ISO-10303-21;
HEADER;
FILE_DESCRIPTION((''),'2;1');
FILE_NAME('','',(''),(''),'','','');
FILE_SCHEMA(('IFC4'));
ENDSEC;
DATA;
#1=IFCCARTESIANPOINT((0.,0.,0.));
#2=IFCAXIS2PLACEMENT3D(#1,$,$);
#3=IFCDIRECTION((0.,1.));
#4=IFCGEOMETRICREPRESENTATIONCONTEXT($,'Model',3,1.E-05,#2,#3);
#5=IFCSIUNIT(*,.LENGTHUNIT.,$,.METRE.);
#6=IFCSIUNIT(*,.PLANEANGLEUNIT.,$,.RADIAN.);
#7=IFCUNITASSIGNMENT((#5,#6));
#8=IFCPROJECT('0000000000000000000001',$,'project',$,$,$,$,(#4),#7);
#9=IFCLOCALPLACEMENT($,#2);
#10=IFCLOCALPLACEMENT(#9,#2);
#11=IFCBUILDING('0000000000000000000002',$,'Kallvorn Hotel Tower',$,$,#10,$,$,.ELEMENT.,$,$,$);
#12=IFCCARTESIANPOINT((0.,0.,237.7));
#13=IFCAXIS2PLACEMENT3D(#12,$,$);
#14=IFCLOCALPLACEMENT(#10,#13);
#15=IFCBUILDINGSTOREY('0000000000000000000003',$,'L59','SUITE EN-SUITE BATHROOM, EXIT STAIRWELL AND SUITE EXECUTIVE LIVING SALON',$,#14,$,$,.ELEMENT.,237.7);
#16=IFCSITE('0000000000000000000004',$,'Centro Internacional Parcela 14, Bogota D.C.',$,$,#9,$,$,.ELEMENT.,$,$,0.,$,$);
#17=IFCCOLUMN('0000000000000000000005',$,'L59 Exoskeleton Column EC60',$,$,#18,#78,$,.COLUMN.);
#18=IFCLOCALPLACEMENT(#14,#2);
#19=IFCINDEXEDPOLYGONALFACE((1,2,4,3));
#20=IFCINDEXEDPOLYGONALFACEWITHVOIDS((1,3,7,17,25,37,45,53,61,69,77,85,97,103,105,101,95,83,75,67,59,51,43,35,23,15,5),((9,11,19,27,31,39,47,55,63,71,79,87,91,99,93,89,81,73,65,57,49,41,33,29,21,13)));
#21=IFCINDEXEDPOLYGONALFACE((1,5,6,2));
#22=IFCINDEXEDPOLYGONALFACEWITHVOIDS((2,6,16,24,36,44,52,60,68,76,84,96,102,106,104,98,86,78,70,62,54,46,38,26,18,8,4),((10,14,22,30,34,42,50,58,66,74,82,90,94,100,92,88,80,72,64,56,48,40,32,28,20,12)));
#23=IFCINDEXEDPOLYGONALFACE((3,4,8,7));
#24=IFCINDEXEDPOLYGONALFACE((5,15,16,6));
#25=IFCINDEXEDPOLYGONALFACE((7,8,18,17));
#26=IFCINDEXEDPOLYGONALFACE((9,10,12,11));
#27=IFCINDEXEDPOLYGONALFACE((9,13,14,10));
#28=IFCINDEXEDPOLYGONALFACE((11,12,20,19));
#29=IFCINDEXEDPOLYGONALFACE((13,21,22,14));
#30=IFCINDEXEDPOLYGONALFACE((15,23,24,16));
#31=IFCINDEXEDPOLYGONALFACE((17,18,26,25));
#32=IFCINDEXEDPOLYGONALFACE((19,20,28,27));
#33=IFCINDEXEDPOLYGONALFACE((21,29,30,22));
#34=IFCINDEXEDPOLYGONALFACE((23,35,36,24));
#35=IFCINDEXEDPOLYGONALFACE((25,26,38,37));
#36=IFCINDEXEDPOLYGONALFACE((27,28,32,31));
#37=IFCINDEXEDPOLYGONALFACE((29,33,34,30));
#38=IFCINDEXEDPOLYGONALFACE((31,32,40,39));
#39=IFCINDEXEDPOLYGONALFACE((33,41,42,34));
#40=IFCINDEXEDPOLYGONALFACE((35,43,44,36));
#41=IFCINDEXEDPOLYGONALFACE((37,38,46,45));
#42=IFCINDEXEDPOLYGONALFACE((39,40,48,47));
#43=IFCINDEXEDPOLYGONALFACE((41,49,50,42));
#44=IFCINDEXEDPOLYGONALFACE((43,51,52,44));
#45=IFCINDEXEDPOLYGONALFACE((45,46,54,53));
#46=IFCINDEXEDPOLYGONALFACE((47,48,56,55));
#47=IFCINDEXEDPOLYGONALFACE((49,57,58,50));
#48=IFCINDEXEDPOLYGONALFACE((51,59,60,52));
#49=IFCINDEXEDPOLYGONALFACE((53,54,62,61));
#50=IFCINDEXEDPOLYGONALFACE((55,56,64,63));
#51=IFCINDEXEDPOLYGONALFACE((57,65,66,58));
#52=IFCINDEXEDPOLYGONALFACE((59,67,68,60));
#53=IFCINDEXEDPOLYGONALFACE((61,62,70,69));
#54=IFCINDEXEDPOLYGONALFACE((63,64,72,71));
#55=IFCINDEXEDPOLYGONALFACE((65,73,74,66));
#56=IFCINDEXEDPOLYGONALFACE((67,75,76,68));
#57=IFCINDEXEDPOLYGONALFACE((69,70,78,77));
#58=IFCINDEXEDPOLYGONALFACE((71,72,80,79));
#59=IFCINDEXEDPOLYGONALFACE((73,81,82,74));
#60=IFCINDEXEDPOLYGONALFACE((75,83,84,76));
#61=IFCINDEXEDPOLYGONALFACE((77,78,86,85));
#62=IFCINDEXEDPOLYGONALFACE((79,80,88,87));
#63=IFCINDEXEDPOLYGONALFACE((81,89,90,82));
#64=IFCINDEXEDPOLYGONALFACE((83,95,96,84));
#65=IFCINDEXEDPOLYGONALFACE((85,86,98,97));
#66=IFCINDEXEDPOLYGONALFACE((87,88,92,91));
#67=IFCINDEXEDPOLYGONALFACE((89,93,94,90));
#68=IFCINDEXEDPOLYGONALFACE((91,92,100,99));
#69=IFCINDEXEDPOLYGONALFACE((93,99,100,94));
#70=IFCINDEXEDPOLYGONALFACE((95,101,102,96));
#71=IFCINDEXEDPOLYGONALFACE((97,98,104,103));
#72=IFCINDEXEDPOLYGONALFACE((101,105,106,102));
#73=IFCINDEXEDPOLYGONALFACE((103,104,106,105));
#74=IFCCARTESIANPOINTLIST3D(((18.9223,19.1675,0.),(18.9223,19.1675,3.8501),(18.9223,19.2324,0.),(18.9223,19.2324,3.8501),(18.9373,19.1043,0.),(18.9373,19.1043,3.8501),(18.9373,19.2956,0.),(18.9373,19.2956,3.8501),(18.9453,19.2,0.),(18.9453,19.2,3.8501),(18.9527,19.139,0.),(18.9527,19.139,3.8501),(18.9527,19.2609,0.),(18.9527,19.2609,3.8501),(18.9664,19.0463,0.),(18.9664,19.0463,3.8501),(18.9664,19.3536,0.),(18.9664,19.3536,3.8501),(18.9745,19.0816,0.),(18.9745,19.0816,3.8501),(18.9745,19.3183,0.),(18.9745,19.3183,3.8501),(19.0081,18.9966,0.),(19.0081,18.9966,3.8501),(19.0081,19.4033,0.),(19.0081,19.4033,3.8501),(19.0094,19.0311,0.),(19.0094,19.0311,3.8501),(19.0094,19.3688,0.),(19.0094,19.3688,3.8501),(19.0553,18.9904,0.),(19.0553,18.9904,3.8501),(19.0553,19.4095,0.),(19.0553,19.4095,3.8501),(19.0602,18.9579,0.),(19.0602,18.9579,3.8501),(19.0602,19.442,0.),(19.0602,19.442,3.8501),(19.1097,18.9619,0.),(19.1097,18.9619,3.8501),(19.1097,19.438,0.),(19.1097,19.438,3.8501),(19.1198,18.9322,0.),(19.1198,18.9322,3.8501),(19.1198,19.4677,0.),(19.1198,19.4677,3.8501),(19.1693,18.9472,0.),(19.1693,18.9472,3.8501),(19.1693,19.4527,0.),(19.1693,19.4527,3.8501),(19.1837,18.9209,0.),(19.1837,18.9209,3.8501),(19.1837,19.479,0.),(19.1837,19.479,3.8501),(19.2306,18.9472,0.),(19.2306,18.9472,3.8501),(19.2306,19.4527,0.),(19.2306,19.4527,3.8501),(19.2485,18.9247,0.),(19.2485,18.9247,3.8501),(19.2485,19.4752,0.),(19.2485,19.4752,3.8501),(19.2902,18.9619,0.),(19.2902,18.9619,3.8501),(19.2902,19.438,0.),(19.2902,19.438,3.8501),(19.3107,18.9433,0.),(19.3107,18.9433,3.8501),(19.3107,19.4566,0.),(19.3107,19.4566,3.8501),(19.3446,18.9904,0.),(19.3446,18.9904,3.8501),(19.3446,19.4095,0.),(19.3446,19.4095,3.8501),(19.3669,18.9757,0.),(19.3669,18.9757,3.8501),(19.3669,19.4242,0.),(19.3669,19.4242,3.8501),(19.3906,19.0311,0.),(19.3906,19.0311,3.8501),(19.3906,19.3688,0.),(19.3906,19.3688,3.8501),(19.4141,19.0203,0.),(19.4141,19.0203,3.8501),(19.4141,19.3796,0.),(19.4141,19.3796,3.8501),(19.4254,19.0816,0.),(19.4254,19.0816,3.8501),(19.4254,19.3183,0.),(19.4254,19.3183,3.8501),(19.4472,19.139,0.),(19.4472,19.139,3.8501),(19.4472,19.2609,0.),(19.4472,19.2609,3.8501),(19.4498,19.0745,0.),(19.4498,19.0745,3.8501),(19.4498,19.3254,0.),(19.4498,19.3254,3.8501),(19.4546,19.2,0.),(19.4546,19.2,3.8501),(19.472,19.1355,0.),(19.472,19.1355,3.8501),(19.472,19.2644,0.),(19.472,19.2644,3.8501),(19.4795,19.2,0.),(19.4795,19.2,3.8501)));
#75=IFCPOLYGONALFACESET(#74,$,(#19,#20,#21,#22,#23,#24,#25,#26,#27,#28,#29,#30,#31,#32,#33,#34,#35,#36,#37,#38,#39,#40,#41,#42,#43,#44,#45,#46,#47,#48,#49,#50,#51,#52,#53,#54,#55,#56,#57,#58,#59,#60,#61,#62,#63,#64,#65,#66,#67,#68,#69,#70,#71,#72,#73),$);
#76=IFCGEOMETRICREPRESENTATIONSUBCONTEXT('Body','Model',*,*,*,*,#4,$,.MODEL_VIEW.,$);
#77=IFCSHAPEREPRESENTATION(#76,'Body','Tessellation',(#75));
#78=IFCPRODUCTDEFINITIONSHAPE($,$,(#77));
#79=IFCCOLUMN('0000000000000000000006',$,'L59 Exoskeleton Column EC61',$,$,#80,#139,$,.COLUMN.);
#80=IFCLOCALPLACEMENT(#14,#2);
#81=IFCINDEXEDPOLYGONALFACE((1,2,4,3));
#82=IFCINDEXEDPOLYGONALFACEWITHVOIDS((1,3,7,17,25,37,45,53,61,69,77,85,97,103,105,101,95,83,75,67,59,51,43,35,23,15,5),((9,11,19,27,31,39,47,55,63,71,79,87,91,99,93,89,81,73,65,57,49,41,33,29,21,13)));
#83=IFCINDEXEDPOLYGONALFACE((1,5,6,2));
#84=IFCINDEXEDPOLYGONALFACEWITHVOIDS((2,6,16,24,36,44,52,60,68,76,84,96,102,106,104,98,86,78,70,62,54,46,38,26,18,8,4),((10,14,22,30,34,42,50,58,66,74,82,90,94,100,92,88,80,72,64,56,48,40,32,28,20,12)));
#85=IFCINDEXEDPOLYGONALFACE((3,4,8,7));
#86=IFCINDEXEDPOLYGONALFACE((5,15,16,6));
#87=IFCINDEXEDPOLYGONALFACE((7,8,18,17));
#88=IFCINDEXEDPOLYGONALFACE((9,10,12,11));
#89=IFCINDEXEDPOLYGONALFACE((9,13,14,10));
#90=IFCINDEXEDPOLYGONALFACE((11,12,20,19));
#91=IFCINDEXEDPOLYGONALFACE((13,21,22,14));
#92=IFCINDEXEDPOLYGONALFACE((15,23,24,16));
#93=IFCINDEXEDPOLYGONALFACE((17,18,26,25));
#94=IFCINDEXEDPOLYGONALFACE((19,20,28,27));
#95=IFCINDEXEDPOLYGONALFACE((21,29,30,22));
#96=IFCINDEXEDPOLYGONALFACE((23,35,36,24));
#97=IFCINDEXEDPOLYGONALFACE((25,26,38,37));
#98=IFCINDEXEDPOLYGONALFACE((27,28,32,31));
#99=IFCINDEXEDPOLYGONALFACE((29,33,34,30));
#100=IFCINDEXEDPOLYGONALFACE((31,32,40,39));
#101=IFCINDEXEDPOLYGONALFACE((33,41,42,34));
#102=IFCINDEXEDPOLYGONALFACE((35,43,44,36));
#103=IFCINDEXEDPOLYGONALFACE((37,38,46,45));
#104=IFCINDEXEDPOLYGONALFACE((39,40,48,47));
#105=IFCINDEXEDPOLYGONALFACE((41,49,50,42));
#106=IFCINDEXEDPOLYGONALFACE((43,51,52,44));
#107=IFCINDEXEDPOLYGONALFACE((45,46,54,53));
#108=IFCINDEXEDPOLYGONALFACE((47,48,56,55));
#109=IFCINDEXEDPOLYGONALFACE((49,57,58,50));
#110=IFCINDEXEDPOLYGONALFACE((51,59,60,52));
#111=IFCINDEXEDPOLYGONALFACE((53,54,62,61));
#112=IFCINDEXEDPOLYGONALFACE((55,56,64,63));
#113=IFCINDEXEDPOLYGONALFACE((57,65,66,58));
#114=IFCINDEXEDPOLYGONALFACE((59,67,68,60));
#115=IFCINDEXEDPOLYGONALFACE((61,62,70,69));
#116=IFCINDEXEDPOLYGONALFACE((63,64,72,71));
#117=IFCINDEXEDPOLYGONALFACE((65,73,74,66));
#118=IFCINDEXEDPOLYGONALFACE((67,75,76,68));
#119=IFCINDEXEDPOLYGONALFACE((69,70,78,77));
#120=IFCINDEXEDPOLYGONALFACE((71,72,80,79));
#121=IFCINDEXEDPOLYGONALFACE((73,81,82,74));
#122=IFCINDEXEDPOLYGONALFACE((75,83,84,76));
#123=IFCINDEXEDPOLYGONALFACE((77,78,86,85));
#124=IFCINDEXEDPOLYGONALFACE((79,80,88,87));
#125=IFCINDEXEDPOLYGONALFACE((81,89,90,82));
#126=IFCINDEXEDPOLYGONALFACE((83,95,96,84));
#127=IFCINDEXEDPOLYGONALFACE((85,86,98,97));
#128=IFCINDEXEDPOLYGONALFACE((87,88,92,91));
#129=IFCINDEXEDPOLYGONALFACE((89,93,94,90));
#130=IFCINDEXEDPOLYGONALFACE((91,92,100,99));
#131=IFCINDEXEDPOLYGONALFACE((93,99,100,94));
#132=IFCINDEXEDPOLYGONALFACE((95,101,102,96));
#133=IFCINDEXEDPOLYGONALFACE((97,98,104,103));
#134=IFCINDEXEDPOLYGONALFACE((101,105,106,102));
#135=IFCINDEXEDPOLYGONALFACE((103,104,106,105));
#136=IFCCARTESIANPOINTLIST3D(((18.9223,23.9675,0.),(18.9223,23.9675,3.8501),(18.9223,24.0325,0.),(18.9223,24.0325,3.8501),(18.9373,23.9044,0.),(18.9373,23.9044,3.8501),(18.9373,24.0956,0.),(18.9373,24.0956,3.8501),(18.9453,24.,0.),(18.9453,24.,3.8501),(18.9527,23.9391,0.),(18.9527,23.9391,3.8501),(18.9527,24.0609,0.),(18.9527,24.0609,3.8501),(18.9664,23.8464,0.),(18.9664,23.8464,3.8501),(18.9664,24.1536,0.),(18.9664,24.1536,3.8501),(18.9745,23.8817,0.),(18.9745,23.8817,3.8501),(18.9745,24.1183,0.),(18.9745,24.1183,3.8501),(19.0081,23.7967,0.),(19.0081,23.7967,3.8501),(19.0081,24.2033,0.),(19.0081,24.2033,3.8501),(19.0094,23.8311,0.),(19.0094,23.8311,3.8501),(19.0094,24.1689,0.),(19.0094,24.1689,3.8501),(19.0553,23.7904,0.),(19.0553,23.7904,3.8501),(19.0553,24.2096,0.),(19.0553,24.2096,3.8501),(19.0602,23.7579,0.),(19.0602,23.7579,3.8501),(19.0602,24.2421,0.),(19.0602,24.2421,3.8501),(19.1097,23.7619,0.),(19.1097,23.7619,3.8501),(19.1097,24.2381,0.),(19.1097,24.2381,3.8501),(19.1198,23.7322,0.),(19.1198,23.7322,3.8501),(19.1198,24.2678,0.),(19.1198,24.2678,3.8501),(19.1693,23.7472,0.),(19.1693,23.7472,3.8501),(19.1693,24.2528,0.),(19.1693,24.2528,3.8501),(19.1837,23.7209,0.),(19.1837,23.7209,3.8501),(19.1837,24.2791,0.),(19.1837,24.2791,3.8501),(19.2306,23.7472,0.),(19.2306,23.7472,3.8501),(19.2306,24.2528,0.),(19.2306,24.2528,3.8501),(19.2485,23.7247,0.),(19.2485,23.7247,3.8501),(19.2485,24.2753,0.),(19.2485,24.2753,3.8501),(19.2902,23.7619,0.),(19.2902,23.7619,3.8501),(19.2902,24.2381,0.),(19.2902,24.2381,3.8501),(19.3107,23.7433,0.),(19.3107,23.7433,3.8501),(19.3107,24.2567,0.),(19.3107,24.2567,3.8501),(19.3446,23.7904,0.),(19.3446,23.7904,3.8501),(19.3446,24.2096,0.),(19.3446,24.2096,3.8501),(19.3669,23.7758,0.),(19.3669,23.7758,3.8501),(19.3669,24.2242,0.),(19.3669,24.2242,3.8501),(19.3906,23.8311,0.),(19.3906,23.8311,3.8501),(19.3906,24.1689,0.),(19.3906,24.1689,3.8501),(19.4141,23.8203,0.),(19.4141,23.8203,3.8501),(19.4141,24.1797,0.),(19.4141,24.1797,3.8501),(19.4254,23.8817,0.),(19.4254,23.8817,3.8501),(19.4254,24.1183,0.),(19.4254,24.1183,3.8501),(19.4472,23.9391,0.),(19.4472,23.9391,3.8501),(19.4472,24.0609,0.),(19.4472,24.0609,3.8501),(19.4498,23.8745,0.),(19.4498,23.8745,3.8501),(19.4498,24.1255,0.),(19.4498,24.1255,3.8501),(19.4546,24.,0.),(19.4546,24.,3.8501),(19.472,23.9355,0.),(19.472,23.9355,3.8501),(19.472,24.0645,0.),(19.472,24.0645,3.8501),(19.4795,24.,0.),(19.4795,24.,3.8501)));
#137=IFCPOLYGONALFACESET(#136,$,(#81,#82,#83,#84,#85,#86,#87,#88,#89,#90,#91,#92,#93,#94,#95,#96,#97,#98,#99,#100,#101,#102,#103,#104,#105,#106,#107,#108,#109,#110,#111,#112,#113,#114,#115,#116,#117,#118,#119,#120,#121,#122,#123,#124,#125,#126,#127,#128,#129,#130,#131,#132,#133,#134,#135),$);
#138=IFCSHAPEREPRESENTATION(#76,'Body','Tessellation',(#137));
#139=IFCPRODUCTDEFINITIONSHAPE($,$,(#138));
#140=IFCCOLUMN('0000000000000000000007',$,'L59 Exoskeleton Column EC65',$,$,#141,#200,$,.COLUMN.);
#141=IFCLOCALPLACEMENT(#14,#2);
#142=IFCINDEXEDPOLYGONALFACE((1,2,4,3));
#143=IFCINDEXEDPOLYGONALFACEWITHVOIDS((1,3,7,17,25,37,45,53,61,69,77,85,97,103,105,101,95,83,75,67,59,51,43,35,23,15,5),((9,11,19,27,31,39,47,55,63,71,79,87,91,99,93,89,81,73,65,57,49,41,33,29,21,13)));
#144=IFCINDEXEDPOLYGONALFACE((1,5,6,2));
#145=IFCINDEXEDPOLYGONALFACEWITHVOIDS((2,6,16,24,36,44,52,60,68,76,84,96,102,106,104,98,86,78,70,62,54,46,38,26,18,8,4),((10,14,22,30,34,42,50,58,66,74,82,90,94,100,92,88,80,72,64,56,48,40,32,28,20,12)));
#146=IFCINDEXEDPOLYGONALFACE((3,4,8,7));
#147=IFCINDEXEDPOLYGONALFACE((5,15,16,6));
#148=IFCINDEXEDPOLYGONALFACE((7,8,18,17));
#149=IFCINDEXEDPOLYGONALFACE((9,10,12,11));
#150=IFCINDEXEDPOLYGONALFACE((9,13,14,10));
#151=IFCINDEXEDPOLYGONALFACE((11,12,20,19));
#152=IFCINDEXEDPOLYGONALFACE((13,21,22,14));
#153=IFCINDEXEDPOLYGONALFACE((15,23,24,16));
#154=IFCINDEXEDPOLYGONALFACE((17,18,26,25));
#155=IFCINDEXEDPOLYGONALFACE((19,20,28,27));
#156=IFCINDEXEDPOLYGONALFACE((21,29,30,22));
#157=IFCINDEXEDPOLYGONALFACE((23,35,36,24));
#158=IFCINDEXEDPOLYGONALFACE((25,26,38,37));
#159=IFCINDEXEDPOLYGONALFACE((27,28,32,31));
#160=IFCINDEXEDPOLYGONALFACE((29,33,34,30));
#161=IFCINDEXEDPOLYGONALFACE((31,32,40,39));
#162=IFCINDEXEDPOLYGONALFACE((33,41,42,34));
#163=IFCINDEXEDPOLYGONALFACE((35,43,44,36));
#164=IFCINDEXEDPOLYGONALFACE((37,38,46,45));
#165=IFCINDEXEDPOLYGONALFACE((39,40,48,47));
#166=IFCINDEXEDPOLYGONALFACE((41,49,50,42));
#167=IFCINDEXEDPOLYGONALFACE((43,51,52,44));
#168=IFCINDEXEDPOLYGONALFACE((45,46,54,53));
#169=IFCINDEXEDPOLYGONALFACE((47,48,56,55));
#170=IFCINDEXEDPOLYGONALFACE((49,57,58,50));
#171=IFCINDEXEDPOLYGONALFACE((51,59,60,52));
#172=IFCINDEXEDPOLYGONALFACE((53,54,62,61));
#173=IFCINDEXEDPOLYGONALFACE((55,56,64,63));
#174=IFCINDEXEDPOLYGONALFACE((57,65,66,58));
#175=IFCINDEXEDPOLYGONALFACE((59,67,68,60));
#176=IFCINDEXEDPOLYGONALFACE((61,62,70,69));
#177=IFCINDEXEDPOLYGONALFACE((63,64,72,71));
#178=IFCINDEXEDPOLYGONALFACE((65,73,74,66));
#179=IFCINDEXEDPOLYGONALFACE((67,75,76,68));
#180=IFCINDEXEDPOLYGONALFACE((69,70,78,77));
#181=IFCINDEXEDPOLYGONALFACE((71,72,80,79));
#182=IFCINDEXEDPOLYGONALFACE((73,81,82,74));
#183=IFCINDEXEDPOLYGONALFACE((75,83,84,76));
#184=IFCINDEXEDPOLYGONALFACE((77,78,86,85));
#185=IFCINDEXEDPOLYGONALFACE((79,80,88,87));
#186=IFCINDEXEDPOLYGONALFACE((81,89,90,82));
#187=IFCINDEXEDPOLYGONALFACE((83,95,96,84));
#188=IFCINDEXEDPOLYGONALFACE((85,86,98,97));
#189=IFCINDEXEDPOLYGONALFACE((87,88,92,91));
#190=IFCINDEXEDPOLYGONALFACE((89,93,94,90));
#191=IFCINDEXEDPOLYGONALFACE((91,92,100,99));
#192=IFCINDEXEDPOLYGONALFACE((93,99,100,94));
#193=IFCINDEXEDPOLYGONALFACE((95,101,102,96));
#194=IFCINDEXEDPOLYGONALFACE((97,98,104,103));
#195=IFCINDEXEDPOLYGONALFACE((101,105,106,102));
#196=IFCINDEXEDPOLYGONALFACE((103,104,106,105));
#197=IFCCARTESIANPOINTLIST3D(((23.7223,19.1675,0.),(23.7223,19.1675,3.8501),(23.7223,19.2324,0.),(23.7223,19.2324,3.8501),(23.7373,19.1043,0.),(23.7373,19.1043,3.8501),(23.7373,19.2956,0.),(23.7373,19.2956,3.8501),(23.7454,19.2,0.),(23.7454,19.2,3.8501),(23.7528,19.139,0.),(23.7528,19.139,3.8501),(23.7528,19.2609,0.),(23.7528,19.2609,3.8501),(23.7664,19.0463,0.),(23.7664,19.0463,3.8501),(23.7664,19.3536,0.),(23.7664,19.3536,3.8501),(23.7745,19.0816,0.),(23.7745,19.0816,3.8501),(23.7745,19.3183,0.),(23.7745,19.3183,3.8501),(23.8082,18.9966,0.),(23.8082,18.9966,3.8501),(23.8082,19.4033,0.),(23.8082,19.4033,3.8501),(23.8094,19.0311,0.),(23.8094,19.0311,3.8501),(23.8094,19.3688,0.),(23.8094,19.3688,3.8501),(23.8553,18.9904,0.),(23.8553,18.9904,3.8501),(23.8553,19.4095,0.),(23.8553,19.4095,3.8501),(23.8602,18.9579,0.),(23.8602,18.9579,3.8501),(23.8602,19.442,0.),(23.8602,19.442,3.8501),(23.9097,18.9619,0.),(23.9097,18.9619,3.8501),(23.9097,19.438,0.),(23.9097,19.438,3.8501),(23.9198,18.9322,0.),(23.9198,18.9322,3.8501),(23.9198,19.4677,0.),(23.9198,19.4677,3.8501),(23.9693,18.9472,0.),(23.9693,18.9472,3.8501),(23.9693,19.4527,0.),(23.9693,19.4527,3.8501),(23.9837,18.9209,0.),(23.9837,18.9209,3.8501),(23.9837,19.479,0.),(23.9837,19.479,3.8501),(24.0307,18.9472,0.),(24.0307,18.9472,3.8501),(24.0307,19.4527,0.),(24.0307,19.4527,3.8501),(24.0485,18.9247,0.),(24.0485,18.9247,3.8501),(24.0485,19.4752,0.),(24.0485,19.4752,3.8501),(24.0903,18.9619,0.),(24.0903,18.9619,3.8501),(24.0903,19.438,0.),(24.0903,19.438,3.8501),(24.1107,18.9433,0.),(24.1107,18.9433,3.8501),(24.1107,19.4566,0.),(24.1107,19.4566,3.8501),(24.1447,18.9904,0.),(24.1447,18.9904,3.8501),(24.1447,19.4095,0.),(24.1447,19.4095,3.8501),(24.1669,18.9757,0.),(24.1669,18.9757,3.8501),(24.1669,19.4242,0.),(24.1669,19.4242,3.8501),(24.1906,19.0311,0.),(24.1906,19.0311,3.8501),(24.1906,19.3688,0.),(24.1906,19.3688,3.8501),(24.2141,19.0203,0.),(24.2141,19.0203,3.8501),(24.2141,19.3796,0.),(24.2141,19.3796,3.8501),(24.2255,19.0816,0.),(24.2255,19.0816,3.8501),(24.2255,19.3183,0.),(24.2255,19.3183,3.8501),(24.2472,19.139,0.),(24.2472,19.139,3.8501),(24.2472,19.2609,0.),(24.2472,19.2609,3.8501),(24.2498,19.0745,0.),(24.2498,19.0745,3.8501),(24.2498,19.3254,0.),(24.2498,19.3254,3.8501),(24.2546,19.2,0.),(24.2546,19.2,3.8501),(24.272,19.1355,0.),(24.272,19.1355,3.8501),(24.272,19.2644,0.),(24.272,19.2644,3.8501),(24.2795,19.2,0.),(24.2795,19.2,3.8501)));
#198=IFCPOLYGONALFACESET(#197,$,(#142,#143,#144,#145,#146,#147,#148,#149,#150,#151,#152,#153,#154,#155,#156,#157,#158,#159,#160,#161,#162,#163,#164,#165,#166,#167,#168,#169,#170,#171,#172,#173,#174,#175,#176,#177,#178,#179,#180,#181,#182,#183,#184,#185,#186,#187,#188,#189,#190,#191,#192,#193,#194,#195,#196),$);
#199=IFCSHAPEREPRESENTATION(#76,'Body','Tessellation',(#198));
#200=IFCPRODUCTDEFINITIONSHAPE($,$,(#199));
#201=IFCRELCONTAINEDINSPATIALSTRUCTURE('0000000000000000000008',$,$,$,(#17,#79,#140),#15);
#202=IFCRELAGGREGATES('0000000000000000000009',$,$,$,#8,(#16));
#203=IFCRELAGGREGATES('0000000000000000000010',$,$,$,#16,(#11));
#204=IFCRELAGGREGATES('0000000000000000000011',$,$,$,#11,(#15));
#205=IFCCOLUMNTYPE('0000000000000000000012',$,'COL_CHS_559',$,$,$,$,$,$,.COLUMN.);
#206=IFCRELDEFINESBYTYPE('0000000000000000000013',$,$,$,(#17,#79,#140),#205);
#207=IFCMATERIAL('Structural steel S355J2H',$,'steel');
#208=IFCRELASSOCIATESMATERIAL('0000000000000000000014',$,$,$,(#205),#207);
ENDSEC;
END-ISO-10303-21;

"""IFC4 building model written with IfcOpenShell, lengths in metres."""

from ifc_helpers import new_model, si_unit, direction, frame, origin, origin_2d, place, context, subcontext, project, spatial, hollow_circle, extrude, material, material_profile, profile_set, type_object, element, save


model = new_model("IFC4")

# Units and contexts
model_context = context("Model", 3, precision=1e-05, world=origin(), true_north=direction((0.0, 1.0)))
body_context = subcontext(model_context, "Body", "Model", "MODEL_VIEW")
ifc_project = project(units=[si_unit("LENGTHUNIT", "METRE"), si_unit("PLANEANGLEUNIT", "RADIAN")], contexts=[model_context])

# Site, building, storey
site_placement = place(None, origin())
site = spatial("IfcSite", under=ifc_project, at=site_placement, Name="Centro Internacional Parcela 14, Bogota D.C.", CompositionType="ELEMENT", RefElevation=0.0)
building_placement = place(site_placement, origin())
building = spatial("IfcBuilding", under=site, at=building_placement, Name="Kallvorn Hotel Tower", CompositionType="ELEMENT")
storey_placement = place(building_placement, frame((0.0, 0.0, 237.7)))
storey = spatial("IfcBuildingStorey", under=building, at=storey_placement, Name="L59", Description="SUITE EN-SUITE BATHROOM, EXIT STAIRWELL AND SUITE EXECUTIVE LIVING SALON", CompositionType="ELEMENT", Elevation=237.7)

# Columns
ifc_material_1 = material(Name="Structural steel S355J2H", Category="steel")
ifc_material_profile_1 = material_profile(ifc_material_1, hollow_circle(Radius=0.2795, WallThickness=0.0249, at=origin_2d()), Name="CHS 559x25")
ifc_profile_set_1 = profile_set([ifc_material_profile_1], Name="Structural steel S355J2H")
column_type = type_object("IfcColumnType", Name="COL_CHS_559", PredefinedType="COLUMN", material=ifc_profile_set_1)
for number, where, z_axis, x_axis, name in (
    (1, (19.2, 19.2, 0.0), (0.0, 0.0, 1.0), (1.0, 0.0, 0.0), "L59 Exoskeleton Column EC60"),
    (2, (19.2, 24.0, 0.0), (0.0, 0.0, 1.0), (1.0, 0.0, 0.0), "L59 Exoskeleton Column EC61"),
    (3, (24.0, 19.2, 0.0), (0.0, 0.0, 1.0), (1.0, 0.0, 0.0), "L59 Exoskeleton Column EC65"),
):
    element("IfcColumn", number, at=place(storey_placement, frame(where, z_axis=z_axis, x_axis=x_axis)), inside=storey, type_object=column_type, Name=name, PredefinedType="COLUMN", context=body_context, shape_type="SweptSolid", body=[
        extrude(hollow_circle(Radius=0.2795, WallThickness=0.0249, at=origin_2d()), origin(), (0.0, 0.0, 1.0), 3.8501),
    ])

save(model, "model.ifc")
